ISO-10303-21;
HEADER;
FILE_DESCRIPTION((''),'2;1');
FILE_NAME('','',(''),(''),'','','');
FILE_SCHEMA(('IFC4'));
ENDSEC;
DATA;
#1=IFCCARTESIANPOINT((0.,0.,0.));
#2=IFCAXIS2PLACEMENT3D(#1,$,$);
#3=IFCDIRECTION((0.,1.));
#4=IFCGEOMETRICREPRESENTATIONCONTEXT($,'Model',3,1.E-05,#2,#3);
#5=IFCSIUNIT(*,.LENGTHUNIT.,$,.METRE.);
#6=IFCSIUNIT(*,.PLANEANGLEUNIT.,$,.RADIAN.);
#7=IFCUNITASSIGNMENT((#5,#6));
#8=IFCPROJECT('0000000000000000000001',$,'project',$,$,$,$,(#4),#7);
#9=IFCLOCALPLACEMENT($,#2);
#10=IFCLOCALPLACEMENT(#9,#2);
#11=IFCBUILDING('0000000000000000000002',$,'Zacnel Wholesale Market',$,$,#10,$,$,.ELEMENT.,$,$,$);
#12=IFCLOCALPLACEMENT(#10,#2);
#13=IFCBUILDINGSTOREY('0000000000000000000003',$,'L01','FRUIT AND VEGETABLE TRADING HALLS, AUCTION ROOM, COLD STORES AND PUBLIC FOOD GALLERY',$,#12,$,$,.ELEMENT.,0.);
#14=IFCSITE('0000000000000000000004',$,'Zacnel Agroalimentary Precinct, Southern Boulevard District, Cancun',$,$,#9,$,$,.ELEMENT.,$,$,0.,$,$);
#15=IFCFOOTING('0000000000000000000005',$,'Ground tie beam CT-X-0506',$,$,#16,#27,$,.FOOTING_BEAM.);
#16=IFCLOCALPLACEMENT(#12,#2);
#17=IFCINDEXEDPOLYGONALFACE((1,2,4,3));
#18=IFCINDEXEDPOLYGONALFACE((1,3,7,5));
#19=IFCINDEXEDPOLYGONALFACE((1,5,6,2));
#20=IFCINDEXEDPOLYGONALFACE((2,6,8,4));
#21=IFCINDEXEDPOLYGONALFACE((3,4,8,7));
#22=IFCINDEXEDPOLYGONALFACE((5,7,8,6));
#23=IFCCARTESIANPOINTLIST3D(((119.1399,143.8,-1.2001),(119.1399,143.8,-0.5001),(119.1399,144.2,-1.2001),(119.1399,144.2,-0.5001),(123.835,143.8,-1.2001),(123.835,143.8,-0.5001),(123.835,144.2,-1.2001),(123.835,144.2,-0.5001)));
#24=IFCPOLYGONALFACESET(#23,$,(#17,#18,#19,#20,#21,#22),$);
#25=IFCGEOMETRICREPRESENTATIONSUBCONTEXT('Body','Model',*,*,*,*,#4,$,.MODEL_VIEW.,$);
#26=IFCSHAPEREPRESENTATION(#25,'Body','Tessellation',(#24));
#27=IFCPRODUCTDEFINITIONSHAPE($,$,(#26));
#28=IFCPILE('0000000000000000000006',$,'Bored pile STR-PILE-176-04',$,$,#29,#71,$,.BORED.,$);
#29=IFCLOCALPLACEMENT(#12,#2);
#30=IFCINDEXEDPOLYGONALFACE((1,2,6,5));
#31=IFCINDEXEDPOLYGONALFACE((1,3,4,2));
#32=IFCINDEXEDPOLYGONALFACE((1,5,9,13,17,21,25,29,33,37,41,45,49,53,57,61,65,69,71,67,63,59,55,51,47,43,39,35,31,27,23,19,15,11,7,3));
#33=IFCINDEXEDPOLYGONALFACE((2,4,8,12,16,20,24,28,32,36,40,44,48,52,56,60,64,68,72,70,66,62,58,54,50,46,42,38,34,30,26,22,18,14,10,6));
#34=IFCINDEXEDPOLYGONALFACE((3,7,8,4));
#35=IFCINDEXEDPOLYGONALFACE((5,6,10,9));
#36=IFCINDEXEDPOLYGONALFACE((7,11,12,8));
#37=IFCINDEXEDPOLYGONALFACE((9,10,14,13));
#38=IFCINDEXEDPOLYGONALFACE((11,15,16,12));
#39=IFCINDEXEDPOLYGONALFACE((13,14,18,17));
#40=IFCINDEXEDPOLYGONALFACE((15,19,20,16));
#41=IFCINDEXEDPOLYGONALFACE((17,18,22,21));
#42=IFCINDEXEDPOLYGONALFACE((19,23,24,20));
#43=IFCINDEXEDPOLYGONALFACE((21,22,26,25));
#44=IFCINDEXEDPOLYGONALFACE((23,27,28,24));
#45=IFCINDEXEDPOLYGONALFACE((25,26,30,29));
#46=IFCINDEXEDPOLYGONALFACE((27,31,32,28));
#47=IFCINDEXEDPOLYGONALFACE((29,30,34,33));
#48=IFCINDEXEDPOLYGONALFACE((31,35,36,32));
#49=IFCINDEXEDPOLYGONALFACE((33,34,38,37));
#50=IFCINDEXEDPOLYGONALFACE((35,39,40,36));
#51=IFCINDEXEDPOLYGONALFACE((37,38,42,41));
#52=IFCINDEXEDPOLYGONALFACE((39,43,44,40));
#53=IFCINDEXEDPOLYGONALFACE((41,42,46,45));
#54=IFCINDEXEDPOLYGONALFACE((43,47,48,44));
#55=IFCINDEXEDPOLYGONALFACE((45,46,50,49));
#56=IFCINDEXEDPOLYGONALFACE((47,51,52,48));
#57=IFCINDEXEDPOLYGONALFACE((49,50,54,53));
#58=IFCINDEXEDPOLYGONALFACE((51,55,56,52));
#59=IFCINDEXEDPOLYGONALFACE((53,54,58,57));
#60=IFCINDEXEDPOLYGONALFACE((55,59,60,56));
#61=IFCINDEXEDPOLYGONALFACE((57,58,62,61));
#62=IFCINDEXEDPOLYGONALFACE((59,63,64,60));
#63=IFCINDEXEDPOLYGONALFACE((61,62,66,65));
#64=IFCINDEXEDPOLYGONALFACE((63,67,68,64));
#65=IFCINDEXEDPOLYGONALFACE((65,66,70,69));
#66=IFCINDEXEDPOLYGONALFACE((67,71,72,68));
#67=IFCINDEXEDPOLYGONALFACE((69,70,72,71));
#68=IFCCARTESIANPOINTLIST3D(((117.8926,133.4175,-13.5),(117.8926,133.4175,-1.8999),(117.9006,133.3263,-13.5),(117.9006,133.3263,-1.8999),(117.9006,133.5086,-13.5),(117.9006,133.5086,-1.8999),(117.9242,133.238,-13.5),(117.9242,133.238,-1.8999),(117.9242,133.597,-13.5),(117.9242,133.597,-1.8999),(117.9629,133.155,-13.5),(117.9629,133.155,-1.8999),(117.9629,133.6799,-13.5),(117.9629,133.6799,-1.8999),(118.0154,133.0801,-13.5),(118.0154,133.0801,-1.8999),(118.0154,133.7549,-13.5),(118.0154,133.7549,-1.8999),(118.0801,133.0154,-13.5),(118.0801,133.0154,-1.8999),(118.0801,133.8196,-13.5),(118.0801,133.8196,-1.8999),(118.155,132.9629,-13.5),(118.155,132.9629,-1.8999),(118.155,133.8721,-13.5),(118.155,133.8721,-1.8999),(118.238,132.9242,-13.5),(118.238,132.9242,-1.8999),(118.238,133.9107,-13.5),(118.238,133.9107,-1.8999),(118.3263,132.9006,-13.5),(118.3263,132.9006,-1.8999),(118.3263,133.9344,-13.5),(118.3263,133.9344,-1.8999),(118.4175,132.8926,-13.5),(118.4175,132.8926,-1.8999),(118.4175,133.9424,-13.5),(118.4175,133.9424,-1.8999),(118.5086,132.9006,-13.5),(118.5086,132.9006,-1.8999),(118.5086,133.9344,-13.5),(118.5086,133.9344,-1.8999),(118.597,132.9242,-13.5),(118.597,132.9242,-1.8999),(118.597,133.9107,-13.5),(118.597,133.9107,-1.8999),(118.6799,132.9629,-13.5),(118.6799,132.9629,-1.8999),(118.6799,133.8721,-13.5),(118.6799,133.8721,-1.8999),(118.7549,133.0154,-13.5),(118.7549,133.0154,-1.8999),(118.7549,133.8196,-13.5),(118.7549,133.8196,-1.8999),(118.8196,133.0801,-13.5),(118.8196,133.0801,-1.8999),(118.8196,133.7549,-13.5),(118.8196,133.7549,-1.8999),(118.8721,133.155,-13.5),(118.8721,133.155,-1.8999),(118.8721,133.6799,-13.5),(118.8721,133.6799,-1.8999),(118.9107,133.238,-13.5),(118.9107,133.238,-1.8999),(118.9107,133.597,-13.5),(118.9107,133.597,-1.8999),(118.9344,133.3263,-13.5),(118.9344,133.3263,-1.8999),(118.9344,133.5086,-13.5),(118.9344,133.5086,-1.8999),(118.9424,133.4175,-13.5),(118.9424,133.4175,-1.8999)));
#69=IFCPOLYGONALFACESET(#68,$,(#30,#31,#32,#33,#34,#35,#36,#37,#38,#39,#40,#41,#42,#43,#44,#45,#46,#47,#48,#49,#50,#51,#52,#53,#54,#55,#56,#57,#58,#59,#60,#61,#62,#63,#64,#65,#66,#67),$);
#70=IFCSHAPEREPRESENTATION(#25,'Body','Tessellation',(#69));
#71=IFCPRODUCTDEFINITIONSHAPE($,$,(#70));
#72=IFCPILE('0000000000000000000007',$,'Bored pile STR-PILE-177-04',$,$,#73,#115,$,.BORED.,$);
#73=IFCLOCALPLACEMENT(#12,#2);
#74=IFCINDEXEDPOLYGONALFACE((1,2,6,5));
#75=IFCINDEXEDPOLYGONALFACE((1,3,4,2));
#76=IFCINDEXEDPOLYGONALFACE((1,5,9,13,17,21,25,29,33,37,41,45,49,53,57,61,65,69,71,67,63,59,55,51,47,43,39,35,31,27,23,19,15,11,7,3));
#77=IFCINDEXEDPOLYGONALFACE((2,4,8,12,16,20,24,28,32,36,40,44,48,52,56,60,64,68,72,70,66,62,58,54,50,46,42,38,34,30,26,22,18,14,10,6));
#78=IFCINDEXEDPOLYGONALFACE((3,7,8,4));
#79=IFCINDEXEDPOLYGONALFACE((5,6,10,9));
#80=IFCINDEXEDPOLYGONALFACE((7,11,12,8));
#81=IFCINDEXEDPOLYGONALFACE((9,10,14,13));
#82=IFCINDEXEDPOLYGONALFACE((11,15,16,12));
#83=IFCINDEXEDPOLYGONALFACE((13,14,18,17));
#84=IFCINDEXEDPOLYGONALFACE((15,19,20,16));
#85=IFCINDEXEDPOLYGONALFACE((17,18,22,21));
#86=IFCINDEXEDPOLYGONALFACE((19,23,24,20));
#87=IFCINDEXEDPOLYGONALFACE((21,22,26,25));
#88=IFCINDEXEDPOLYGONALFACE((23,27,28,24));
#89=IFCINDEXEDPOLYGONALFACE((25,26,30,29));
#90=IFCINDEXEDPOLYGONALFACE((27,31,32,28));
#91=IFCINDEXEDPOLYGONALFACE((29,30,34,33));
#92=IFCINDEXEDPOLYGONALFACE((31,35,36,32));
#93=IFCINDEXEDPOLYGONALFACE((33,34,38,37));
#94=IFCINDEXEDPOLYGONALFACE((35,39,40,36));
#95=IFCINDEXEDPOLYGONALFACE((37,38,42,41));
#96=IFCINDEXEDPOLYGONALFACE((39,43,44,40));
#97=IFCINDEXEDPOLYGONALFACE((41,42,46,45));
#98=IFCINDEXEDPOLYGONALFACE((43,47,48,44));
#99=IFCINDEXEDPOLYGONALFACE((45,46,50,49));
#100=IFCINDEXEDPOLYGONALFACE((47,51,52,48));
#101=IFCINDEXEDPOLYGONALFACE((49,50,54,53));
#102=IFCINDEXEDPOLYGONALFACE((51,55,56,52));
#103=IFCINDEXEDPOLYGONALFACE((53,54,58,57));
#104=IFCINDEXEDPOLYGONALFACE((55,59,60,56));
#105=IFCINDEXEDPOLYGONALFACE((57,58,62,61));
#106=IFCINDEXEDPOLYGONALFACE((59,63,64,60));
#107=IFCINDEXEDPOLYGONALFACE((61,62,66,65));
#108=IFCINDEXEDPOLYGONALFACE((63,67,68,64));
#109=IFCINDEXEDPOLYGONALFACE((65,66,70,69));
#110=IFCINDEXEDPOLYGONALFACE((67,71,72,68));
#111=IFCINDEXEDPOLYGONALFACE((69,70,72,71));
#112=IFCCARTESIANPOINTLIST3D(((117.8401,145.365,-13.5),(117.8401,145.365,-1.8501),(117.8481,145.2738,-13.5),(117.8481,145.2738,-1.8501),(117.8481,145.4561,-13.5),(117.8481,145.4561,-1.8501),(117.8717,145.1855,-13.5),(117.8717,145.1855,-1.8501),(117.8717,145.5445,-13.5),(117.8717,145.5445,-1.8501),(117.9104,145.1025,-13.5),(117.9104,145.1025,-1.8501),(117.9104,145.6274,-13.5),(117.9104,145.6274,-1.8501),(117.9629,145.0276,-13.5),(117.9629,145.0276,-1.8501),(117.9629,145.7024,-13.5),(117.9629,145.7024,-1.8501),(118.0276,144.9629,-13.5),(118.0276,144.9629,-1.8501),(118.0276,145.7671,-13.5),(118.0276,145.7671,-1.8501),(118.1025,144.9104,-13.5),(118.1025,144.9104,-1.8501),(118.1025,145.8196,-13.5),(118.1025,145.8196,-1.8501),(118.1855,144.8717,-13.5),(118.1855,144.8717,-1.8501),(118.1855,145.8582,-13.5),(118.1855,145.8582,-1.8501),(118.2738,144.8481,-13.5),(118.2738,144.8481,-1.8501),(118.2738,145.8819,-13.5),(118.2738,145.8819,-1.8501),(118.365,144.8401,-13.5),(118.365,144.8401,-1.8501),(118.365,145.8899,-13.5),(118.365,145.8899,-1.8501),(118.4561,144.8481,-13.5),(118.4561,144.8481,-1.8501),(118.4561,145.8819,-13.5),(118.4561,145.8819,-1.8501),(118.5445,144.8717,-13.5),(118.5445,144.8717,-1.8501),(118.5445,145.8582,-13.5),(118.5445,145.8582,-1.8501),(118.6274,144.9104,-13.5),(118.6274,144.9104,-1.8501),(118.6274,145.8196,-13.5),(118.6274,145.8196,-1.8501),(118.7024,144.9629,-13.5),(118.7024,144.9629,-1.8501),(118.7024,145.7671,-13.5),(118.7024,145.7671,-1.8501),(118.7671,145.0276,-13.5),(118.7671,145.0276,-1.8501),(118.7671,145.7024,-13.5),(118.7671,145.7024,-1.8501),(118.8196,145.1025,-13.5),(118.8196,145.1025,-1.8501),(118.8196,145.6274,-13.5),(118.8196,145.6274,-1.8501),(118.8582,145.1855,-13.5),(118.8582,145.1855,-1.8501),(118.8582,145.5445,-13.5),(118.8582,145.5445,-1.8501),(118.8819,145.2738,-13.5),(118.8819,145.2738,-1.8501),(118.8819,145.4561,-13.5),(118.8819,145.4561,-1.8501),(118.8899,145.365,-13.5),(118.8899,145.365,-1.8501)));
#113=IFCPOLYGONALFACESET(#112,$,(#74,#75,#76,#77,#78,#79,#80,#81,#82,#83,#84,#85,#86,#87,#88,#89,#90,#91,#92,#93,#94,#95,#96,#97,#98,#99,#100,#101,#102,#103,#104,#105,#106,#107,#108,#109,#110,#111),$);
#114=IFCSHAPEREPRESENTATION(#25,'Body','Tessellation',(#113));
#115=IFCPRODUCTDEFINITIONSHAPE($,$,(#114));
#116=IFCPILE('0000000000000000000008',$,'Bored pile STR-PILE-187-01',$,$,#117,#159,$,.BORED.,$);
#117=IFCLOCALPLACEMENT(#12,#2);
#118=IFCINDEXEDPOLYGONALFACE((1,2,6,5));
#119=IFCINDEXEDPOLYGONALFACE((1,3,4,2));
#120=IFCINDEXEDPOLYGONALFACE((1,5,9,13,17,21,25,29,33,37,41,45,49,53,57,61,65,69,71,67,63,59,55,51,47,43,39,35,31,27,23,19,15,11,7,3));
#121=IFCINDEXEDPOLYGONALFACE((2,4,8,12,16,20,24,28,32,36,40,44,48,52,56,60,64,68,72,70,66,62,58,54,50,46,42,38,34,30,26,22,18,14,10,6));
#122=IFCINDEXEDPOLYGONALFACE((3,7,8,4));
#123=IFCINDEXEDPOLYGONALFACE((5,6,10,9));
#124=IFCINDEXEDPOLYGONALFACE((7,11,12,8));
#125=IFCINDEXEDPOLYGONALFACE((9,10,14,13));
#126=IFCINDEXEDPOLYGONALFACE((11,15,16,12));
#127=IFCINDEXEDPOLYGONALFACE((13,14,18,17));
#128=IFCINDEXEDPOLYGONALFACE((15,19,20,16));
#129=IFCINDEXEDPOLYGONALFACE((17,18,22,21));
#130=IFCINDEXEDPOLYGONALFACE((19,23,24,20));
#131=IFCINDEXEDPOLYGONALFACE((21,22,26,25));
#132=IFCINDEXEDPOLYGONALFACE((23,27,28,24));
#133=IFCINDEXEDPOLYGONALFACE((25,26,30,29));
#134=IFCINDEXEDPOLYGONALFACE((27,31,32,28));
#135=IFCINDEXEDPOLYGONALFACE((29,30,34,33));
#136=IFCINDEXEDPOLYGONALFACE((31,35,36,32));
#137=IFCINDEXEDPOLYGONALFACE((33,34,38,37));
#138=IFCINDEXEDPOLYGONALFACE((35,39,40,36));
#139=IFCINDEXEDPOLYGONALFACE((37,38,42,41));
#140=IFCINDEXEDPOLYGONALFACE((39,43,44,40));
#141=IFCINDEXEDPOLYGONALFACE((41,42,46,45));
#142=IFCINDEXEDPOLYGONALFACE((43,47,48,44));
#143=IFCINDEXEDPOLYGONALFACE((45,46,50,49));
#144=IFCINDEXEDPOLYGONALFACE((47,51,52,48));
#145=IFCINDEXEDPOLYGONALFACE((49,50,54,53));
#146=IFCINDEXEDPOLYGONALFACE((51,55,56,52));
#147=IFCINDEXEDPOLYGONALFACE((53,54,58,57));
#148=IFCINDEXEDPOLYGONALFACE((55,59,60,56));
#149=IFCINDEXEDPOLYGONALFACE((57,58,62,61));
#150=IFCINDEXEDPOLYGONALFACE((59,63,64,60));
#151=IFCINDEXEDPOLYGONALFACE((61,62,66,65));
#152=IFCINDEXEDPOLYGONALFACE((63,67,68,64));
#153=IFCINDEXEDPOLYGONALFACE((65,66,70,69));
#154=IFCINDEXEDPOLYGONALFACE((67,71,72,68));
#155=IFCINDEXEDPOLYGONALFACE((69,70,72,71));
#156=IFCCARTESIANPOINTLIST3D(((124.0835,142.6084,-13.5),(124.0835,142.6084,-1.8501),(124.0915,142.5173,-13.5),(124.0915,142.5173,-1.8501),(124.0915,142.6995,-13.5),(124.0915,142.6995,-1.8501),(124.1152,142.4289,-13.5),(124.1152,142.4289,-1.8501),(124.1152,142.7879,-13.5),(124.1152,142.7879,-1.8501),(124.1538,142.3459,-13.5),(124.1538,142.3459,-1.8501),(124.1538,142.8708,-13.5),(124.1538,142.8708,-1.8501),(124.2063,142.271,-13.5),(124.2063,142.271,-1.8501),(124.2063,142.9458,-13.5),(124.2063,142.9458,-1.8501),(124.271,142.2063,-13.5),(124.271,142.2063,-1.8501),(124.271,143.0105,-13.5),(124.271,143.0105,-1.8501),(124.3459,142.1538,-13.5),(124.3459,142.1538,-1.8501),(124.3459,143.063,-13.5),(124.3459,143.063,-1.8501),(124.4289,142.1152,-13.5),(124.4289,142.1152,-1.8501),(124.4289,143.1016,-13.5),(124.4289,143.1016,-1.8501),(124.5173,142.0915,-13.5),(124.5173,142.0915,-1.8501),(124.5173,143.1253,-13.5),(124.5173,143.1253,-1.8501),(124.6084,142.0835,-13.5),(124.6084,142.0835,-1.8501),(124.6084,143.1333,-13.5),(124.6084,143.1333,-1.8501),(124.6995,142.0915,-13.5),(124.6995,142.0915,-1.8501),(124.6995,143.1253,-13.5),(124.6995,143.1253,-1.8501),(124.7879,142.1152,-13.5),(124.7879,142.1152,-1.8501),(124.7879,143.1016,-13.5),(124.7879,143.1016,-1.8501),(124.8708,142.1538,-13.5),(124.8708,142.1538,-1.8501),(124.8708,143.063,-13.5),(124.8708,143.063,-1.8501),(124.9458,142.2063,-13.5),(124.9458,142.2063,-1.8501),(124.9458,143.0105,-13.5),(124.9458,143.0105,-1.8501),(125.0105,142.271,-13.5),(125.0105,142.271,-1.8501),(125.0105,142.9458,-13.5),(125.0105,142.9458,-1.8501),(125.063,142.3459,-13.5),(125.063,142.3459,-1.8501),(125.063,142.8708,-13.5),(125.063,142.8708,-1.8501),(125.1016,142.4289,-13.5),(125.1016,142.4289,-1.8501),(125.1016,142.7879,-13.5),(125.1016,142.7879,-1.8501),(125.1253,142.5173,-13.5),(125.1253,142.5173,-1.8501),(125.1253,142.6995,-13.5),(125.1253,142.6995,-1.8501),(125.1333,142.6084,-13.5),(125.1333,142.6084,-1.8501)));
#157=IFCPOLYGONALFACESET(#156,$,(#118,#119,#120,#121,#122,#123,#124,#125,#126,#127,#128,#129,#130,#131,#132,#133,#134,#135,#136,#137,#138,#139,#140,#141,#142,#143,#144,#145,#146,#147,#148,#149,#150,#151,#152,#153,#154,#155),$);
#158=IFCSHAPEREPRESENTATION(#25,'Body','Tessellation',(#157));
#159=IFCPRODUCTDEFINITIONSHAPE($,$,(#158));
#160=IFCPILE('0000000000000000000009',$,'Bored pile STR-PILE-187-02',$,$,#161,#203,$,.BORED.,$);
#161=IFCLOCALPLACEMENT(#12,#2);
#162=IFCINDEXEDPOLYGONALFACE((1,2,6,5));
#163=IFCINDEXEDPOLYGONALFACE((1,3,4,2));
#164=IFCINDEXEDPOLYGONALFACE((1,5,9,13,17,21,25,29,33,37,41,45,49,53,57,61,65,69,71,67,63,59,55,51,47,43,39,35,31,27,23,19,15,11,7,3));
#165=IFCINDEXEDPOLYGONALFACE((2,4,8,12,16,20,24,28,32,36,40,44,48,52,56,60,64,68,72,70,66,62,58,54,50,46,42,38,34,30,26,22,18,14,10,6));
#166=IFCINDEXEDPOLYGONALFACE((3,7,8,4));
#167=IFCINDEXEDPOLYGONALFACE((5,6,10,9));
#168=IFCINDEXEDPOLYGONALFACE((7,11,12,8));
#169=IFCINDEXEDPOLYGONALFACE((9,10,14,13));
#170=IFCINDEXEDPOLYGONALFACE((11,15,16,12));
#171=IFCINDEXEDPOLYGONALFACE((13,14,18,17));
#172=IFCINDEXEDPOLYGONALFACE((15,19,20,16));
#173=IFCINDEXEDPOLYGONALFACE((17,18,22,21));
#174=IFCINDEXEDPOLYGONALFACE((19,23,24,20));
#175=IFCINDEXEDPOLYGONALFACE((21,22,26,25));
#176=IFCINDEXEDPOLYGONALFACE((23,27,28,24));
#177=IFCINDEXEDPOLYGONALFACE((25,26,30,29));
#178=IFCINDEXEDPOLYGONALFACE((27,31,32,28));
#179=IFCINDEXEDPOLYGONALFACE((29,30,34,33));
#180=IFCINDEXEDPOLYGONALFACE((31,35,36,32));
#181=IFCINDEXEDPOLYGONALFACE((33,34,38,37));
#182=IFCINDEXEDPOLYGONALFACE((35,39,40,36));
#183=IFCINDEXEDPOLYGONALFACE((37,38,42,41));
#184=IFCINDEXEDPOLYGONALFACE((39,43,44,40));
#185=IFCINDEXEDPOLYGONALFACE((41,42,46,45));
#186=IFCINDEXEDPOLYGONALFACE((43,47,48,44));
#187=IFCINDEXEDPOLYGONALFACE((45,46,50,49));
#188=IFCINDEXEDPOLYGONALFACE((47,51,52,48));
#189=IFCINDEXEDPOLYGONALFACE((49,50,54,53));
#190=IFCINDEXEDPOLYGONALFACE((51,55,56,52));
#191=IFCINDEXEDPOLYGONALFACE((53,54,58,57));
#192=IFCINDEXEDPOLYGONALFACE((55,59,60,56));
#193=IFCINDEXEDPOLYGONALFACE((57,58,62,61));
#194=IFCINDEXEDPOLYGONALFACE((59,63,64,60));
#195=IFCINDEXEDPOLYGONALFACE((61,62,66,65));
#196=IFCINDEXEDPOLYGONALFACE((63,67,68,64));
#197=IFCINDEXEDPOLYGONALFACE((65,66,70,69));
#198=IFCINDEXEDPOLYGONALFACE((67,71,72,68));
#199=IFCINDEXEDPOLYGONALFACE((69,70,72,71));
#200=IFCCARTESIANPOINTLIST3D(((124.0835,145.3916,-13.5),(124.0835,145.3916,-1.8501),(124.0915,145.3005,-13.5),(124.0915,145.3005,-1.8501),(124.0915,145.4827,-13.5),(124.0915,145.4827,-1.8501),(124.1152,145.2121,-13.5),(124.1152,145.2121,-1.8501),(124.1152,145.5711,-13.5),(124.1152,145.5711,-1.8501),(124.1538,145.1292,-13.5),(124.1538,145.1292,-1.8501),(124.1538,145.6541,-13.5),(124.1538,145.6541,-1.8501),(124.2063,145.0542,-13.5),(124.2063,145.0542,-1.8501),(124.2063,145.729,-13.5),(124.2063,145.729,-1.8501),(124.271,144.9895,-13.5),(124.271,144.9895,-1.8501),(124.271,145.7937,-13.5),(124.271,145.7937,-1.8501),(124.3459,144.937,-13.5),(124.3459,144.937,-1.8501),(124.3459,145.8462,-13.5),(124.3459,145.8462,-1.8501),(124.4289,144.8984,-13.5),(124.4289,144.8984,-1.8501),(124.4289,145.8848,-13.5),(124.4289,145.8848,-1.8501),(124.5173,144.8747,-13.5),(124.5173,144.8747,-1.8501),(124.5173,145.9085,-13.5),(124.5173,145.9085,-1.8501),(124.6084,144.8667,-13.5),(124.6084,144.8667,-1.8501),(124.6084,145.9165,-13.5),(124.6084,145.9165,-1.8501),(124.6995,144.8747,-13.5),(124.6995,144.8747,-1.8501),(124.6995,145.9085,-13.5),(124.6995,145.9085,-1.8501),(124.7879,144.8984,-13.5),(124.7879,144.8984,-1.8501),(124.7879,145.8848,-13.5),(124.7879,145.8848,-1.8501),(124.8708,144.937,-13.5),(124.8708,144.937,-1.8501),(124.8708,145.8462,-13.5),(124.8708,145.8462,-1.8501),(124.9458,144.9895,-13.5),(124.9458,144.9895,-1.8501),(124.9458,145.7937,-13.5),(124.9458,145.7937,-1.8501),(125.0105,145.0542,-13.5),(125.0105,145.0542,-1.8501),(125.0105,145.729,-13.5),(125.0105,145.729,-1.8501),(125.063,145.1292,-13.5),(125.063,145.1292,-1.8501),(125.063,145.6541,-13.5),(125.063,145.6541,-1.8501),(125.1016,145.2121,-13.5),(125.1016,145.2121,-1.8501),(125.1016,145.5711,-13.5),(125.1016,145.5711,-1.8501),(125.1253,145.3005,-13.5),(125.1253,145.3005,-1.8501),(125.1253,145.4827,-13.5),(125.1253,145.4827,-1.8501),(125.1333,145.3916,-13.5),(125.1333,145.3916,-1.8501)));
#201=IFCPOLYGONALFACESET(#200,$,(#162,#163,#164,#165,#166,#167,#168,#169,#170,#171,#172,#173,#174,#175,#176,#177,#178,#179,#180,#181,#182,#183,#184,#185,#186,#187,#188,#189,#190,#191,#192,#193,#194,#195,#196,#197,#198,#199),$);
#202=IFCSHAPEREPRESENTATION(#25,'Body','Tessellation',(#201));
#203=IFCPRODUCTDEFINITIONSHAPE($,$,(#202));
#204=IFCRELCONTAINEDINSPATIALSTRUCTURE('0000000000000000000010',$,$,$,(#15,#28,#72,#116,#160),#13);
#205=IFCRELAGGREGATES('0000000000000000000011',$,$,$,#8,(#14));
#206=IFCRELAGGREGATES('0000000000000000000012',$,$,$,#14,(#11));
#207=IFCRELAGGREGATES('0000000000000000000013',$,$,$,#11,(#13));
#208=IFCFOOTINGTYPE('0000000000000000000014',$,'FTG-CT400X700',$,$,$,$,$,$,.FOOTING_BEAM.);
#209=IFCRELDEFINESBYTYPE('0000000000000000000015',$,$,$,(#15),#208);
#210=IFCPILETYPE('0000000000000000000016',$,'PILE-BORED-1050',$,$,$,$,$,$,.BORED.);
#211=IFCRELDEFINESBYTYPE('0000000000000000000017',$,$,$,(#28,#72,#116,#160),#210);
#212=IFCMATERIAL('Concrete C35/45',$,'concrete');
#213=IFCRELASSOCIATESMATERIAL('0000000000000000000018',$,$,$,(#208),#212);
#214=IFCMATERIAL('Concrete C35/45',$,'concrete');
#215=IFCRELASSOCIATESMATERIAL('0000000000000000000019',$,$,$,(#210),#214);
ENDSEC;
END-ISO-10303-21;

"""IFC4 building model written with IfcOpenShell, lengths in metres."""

from ifc_helpers import new_model, si_unit, direction, frame, origin, origin_2d, place, context, subcontext, project, spatial, rectangle, circle, extrude, material, material_profile, profile_set, type_object, element, save


model = new_model("IFC4")

# Units and contexts
model_context = context("Model", 3, precision=1e-05, world=origin(), true_north=direction((0.0, 1.0)))
body_context = subcontext(model_context, "Body", "Model", "MODEL_VIEW")
ifc_project = project(units=[si_unit("LENGTHUNIT", "METRE"), si_unit("PLANEANGLEUNIT", "RADIAN")], contexts=[model_context])

# Site, building, storey
site_placement = place(None, origin())
site = spatial("IfcSite", under=ifc_project, at=site_placement, Name="Zacnel Agroalimentary Precinct, Southern Boulevard District, Cancun", CompositionType="ELEMENT", RefElevation=0.0)
building_placement = place(site_placement, origin())
building = spatial("IfcBuilding", under=site, at=building_placement, Name="Zacnel Wholesale Market", CompositionType="ELEMENT")
storey_placement = place(building_placement, origin())
storey = spatial("IfcBuildingStorey", under=building, at=storey_placement, Name="L01", Description="FRUIT AND VEGETABLE TRADING HALLS, AUCTION ROOM, COLD STORES AND PUBLIC FOOD GALLERY", CompositionType="ELEMENT", Elevation=0.0)

# Footing
ifc_material_1 = material(Name="Concrete C35/45", Category="concrete")
ifc_material_profile_1 = material_profile(ifc_material_1, rectangle(XDim=0.3999, YDim=0.7, at=origin_2d()), Name="CT 400x700")
ifc_profile_set_1 = profile_set([ifc_material_profile_1], Name="Concrete C35/45")
footing_type = type_object("IfcFootingType", Name="FTG-CT400X700", PredefinedType="FOOTING_BEAM", material=ifc_profile_set_1)
footing_placement = place(storey_placement, frame((119.1399, 144.0, -0.8501), z_axis=(1.0, 0.0, 0.0), x_axis=(0.0, 1.0, 0.0)))
element("IfcFooting", 1, at=footing_placement, inside=storey, type_object=footing_type, Name="Ground tie beam CT-X-0506", PredefinedType="FOOTING_BEAM", context=body_context, shape_type="SweptSolid", body=[
    extrude(rectangle(XDim=0.3999, YDim=0.7, at=origin_2d()), origin(), (0.0, 0.0, 1.0), 4.6951),
])

# Piles
ifc_material_2 = material(Name="Concrete C35/45", Category="concrete")
ifc_material_profile_2 = material_profile(ifc_material_2, circle(Radius=0.5249, at=origin_2d()), Name="BORED PILE D1050")
ifc_profile_set_2 = profile_set([ifc_material_profile_2], Name="Concrete C35/45")
pile_type = type_object("IfcPileType", Name="PILE-BORED-1050", PredefinedType="BORED", material=ifc_profile_set_2)
pile_placement = place(storey_placement, frame((118.4175, 133.4175, -1.8999), z_axis=(0.0, 0.0, -1.0), x_axis=(1.0, 0.0, 0.0)))
element("IfcPile", 2, at=pile_placement, inside=storey, type_object=pile_type, Name="Bored pile STR-PILE-176-04", PredefinedType="BORED", context=body_context, shape_type="SweptSolid", body=[
    extrude(circle(Radius=0.5249, at=origin_2d()), origin(), (0.0, 0.0, 1.0), 11.6001),
])
for number, where, z_axis, x_axis, name in (
    (3, (118.365, 145.365, -1.8501), (0.0, 0.0, -1.0), (1.0, 0.0, 0.0), "Bored pile STR-PILE-177-04"),
    (4, (124.6084, 142.6084, -1.8501), (0.0, 0.0, -1.0), (1.0, 0.0, 0.0), "Bored pile STR-PILE-187-01"),
    (5, (124.6084, 145.3916, -1.8501), (0.0, 0.0, -1.0), (1.0, 0.0, 0.0), "Bored pile STR-PILE-187-02"),
):
    element("IfcPile", number, at=place(storey_placement, frame(where, z_axis=z_axis, x_axis=x_axis)), inside=storey, type_object=pile_type, Name=name, PredefinedType="BORED", context=body_context, shape_type="SweptSolid", body=[
        extrude(circle(Radius=0.5249, at=origin_2d()), origin(), (0.0, 0.0, 1.0), 11.6499),
    ])

save(model, "model.ifc")
